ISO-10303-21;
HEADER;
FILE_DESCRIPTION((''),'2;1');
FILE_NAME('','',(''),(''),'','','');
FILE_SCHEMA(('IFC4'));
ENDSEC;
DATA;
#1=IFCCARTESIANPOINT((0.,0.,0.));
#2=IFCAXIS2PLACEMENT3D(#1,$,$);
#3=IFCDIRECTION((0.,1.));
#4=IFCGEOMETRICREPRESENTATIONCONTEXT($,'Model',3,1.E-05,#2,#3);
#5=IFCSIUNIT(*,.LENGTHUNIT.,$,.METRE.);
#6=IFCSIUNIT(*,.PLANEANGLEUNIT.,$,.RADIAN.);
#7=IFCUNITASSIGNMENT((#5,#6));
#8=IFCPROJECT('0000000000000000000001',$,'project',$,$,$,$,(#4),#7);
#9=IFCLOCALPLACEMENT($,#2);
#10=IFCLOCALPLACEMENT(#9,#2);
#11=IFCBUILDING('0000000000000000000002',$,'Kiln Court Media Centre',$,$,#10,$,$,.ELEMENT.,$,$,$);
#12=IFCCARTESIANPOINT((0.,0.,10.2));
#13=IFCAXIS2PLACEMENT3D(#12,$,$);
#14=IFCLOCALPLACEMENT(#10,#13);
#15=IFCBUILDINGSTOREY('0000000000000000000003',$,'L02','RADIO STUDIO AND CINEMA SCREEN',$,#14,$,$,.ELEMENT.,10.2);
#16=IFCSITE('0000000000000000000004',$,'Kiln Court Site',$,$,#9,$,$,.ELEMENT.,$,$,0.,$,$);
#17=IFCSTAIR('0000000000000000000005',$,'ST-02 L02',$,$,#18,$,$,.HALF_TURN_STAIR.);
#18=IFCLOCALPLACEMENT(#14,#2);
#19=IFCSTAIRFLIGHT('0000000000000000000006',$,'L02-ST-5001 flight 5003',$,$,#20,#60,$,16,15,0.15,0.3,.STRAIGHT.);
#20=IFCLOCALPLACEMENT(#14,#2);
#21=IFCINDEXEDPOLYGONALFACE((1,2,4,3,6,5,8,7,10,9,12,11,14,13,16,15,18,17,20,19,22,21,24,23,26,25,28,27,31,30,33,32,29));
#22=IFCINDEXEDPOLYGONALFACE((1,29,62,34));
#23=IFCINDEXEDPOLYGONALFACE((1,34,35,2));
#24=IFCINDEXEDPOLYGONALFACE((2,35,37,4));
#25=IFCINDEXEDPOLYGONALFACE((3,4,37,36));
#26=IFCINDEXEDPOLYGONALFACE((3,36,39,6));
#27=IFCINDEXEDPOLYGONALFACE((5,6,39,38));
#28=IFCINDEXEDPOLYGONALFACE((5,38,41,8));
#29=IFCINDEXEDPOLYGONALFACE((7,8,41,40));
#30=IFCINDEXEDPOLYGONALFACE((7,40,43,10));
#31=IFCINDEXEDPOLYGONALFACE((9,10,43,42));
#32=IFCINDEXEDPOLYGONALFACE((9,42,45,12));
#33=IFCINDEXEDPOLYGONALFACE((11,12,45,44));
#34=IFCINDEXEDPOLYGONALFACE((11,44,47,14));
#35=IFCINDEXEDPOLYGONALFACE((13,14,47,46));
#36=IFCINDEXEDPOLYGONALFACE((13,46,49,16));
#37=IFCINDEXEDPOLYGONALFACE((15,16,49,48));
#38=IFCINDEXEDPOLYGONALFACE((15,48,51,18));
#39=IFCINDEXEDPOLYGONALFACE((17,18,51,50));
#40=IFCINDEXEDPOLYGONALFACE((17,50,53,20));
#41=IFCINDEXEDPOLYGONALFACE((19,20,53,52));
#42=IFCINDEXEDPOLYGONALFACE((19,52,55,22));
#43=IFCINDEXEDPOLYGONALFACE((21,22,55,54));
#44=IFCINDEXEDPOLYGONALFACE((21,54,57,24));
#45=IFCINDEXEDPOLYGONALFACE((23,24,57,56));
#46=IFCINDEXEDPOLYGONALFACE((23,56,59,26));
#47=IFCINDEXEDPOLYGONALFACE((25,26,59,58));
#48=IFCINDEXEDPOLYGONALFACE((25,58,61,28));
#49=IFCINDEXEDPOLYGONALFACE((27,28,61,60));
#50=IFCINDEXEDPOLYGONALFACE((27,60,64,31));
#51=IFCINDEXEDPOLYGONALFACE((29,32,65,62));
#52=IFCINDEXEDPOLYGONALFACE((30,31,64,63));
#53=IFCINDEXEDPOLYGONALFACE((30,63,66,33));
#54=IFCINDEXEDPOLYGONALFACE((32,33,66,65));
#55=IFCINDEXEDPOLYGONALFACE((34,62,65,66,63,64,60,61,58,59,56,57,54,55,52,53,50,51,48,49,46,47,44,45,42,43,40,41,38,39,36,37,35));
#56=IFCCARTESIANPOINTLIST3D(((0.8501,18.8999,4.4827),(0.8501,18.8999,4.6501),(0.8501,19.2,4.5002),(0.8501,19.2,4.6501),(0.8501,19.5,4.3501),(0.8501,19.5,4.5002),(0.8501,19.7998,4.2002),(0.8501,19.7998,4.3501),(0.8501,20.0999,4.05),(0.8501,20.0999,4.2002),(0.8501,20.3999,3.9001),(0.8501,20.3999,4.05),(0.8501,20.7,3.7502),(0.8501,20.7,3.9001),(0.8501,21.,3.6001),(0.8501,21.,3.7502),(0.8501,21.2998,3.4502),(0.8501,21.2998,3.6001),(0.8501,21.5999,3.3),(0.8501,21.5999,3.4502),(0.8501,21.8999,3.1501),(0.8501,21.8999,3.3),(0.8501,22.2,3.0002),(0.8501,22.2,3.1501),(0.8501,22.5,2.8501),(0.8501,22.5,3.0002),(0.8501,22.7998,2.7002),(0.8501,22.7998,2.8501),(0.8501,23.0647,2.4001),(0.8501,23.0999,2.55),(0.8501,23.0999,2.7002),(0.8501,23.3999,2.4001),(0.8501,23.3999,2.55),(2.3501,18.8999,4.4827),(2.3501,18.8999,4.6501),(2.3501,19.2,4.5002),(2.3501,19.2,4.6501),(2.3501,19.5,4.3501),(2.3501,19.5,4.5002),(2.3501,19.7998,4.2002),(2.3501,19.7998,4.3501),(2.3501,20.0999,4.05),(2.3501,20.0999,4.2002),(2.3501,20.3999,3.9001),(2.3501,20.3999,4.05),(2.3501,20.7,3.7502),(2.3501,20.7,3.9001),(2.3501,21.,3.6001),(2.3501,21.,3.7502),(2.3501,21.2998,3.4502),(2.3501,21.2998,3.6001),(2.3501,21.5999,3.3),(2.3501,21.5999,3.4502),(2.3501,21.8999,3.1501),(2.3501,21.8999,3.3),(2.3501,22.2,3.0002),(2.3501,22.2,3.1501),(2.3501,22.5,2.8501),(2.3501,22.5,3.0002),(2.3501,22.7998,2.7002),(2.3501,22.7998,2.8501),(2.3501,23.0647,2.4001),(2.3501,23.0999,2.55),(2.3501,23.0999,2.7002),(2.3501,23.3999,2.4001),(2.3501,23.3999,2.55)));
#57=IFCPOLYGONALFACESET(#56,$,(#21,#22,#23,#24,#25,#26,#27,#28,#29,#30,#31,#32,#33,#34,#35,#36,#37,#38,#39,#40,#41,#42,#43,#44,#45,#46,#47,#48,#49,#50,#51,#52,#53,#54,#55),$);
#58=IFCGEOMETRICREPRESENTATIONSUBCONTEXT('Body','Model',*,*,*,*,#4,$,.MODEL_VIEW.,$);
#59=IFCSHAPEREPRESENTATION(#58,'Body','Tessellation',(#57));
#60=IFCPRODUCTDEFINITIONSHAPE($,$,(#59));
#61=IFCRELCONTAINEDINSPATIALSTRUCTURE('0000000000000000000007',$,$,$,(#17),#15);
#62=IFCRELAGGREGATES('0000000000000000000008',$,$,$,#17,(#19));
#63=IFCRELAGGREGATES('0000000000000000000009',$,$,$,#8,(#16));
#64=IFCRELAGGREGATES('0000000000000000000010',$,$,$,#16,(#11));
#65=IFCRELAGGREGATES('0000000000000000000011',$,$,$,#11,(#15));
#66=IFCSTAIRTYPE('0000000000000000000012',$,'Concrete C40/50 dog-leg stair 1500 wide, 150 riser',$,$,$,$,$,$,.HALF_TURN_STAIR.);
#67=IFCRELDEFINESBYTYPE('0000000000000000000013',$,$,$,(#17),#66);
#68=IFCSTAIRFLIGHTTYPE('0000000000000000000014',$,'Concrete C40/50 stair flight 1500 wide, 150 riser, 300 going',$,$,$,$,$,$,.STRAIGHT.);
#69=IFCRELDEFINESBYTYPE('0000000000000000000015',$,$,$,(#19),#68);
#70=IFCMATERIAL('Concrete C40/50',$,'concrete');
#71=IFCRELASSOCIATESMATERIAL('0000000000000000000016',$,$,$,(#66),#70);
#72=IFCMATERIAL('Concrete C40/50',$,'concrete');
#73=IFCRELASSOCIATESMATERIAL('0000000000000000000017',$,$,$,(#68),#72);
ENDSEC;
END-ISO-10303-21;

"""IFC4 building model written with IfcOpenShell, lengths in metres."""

from ifc_helpers import new_model, si_unit, direction, frame, origin, place, context, subcontext, project, spatial, polyline, outline, extrude, material, type_object, element, aggregate, save


model = new_model("IFC4")

# Units and contexts
model_context = context("Model", 3, precision=1e-05, world=origin(), true_north=direction((0.0, 1.0)))
body_context = subcontext(model_context, "Body", "Model", "MODEL_VIEW")
ifc_project = project(units=[si_unit("LENGTHUNIT", "METRE"), si_unit("PLANEANGLEUNIT", "RADIAN")], contexts=[model_context])

# Site, building, storey
site_placement = place(None, origin())
site = spatial("IfcSite", under=ifc_project, at=site_placement, Name="Kiln Court Site", CompositionType="ELEMENT", RefElevation=0.0)
building_placement = place(site_placement, origin())
building = spatial("IfcBuilding", under=site, at=building_placement, Name="Kiln Court Media Centre", CompositionType="ELEMENT")
storey_placement = place(building_placement, frame((0.0, 0.0, 10.2)))
storey = spatial("IfcBuildingStorey", under=building, at=storey_placement, Name="L02", Description="RADIO STUDIO AND CINEMA SCREEN", CompositionType="ELEMENT", Elevation=10.2)

# Stair, stair flight
ifc_material_1 = material(Name="Concrete C40/50", Category="concrete")
stair_type = type_object("IfcStairType", Name="Concrete C40/50 dog-leg stair 1500 wide, 150 riser", PredefinedType="HALF_TURN_STAIR", material=ifc_material_1)
stair_placement = place(storey_placement, origin())
stair = element("IfcStair", 1, at=stair_placement, inside=storey, type_object=stair_type, Name="ST-02 L02", PredefinedType="HALF_TURN_STAIR")
ifc_material_2 = material(Name="Concrete C40/50", Category="concrete")
stair_flight_type = type_object("IfcStairFlightType", Name="Concrete C40/50 stair flight 1500 wide, 150 riser, 300 going", PredefinedType="STRAIGHT", material=ifc_material_2)
stair_flight_placement = place(storey_placement, frame((1.6001, 23.3999, 2.4001), z_axis=(0.0, 0.0, 1.0), x_axis=(0.0, -1.0, 0.0)))
stair_flight = element("IfcStairFlight", 2, at=stair_flight_placement, type_object=stair_flight_type, Name="L02-ST-5001 flight 5003", NumberOfRisers=16, NumberOfTreads=15, PredefinedType="STRAIGHT", RiserHeight=0.15, TreadLength=0.3, context=body_context, shape_type="SweptSolid", body=[
    extrude(outline(polyline([(0.0, 0.0), (0.0, 0.1499), (0.3, 0.1499), (0.3, 0.3), (0.6001, 0.3), (0.6001, 0.45), (0.8999, 0.45), (0.8999, 0.6001), (1.2, 0.6001), (1.2, 0.75), (1.5, 0.75), (1.5, 0.8999), (1.8, 0.8999), (1.8, 1.05), (2.1001, 1.05), (2.1001, 1.2), (2.3999, 1.2), (2.3999, 1.3501), (2.7, 1.3501), (2.7, 1.5), (3.0, 1.5), (3.0, 1.6499), (3.3, 1.6499), (3.3, 1.8), (3.6001, 1.8), (3.6001, 1.95), (3.8999, 1.95), (3.8999, 2.1001), (4.2, 2.1001), (4.2, 2.25), (4.5, 2.25), (4.5, 2.3999), (4.5, 2.0825), (0.3352, 0.0), (0.0, 0.0)])), frame((0.0, 0.75, 0.0), z_axis=(0.0, -1.0, 0.0), x_axis=(1.0, 0.0, 0.0)), (0.0, 0.0, 1.0), 1.5),
])
aggregate(stair, [stair_flight])

save(model, "model.ifc")
